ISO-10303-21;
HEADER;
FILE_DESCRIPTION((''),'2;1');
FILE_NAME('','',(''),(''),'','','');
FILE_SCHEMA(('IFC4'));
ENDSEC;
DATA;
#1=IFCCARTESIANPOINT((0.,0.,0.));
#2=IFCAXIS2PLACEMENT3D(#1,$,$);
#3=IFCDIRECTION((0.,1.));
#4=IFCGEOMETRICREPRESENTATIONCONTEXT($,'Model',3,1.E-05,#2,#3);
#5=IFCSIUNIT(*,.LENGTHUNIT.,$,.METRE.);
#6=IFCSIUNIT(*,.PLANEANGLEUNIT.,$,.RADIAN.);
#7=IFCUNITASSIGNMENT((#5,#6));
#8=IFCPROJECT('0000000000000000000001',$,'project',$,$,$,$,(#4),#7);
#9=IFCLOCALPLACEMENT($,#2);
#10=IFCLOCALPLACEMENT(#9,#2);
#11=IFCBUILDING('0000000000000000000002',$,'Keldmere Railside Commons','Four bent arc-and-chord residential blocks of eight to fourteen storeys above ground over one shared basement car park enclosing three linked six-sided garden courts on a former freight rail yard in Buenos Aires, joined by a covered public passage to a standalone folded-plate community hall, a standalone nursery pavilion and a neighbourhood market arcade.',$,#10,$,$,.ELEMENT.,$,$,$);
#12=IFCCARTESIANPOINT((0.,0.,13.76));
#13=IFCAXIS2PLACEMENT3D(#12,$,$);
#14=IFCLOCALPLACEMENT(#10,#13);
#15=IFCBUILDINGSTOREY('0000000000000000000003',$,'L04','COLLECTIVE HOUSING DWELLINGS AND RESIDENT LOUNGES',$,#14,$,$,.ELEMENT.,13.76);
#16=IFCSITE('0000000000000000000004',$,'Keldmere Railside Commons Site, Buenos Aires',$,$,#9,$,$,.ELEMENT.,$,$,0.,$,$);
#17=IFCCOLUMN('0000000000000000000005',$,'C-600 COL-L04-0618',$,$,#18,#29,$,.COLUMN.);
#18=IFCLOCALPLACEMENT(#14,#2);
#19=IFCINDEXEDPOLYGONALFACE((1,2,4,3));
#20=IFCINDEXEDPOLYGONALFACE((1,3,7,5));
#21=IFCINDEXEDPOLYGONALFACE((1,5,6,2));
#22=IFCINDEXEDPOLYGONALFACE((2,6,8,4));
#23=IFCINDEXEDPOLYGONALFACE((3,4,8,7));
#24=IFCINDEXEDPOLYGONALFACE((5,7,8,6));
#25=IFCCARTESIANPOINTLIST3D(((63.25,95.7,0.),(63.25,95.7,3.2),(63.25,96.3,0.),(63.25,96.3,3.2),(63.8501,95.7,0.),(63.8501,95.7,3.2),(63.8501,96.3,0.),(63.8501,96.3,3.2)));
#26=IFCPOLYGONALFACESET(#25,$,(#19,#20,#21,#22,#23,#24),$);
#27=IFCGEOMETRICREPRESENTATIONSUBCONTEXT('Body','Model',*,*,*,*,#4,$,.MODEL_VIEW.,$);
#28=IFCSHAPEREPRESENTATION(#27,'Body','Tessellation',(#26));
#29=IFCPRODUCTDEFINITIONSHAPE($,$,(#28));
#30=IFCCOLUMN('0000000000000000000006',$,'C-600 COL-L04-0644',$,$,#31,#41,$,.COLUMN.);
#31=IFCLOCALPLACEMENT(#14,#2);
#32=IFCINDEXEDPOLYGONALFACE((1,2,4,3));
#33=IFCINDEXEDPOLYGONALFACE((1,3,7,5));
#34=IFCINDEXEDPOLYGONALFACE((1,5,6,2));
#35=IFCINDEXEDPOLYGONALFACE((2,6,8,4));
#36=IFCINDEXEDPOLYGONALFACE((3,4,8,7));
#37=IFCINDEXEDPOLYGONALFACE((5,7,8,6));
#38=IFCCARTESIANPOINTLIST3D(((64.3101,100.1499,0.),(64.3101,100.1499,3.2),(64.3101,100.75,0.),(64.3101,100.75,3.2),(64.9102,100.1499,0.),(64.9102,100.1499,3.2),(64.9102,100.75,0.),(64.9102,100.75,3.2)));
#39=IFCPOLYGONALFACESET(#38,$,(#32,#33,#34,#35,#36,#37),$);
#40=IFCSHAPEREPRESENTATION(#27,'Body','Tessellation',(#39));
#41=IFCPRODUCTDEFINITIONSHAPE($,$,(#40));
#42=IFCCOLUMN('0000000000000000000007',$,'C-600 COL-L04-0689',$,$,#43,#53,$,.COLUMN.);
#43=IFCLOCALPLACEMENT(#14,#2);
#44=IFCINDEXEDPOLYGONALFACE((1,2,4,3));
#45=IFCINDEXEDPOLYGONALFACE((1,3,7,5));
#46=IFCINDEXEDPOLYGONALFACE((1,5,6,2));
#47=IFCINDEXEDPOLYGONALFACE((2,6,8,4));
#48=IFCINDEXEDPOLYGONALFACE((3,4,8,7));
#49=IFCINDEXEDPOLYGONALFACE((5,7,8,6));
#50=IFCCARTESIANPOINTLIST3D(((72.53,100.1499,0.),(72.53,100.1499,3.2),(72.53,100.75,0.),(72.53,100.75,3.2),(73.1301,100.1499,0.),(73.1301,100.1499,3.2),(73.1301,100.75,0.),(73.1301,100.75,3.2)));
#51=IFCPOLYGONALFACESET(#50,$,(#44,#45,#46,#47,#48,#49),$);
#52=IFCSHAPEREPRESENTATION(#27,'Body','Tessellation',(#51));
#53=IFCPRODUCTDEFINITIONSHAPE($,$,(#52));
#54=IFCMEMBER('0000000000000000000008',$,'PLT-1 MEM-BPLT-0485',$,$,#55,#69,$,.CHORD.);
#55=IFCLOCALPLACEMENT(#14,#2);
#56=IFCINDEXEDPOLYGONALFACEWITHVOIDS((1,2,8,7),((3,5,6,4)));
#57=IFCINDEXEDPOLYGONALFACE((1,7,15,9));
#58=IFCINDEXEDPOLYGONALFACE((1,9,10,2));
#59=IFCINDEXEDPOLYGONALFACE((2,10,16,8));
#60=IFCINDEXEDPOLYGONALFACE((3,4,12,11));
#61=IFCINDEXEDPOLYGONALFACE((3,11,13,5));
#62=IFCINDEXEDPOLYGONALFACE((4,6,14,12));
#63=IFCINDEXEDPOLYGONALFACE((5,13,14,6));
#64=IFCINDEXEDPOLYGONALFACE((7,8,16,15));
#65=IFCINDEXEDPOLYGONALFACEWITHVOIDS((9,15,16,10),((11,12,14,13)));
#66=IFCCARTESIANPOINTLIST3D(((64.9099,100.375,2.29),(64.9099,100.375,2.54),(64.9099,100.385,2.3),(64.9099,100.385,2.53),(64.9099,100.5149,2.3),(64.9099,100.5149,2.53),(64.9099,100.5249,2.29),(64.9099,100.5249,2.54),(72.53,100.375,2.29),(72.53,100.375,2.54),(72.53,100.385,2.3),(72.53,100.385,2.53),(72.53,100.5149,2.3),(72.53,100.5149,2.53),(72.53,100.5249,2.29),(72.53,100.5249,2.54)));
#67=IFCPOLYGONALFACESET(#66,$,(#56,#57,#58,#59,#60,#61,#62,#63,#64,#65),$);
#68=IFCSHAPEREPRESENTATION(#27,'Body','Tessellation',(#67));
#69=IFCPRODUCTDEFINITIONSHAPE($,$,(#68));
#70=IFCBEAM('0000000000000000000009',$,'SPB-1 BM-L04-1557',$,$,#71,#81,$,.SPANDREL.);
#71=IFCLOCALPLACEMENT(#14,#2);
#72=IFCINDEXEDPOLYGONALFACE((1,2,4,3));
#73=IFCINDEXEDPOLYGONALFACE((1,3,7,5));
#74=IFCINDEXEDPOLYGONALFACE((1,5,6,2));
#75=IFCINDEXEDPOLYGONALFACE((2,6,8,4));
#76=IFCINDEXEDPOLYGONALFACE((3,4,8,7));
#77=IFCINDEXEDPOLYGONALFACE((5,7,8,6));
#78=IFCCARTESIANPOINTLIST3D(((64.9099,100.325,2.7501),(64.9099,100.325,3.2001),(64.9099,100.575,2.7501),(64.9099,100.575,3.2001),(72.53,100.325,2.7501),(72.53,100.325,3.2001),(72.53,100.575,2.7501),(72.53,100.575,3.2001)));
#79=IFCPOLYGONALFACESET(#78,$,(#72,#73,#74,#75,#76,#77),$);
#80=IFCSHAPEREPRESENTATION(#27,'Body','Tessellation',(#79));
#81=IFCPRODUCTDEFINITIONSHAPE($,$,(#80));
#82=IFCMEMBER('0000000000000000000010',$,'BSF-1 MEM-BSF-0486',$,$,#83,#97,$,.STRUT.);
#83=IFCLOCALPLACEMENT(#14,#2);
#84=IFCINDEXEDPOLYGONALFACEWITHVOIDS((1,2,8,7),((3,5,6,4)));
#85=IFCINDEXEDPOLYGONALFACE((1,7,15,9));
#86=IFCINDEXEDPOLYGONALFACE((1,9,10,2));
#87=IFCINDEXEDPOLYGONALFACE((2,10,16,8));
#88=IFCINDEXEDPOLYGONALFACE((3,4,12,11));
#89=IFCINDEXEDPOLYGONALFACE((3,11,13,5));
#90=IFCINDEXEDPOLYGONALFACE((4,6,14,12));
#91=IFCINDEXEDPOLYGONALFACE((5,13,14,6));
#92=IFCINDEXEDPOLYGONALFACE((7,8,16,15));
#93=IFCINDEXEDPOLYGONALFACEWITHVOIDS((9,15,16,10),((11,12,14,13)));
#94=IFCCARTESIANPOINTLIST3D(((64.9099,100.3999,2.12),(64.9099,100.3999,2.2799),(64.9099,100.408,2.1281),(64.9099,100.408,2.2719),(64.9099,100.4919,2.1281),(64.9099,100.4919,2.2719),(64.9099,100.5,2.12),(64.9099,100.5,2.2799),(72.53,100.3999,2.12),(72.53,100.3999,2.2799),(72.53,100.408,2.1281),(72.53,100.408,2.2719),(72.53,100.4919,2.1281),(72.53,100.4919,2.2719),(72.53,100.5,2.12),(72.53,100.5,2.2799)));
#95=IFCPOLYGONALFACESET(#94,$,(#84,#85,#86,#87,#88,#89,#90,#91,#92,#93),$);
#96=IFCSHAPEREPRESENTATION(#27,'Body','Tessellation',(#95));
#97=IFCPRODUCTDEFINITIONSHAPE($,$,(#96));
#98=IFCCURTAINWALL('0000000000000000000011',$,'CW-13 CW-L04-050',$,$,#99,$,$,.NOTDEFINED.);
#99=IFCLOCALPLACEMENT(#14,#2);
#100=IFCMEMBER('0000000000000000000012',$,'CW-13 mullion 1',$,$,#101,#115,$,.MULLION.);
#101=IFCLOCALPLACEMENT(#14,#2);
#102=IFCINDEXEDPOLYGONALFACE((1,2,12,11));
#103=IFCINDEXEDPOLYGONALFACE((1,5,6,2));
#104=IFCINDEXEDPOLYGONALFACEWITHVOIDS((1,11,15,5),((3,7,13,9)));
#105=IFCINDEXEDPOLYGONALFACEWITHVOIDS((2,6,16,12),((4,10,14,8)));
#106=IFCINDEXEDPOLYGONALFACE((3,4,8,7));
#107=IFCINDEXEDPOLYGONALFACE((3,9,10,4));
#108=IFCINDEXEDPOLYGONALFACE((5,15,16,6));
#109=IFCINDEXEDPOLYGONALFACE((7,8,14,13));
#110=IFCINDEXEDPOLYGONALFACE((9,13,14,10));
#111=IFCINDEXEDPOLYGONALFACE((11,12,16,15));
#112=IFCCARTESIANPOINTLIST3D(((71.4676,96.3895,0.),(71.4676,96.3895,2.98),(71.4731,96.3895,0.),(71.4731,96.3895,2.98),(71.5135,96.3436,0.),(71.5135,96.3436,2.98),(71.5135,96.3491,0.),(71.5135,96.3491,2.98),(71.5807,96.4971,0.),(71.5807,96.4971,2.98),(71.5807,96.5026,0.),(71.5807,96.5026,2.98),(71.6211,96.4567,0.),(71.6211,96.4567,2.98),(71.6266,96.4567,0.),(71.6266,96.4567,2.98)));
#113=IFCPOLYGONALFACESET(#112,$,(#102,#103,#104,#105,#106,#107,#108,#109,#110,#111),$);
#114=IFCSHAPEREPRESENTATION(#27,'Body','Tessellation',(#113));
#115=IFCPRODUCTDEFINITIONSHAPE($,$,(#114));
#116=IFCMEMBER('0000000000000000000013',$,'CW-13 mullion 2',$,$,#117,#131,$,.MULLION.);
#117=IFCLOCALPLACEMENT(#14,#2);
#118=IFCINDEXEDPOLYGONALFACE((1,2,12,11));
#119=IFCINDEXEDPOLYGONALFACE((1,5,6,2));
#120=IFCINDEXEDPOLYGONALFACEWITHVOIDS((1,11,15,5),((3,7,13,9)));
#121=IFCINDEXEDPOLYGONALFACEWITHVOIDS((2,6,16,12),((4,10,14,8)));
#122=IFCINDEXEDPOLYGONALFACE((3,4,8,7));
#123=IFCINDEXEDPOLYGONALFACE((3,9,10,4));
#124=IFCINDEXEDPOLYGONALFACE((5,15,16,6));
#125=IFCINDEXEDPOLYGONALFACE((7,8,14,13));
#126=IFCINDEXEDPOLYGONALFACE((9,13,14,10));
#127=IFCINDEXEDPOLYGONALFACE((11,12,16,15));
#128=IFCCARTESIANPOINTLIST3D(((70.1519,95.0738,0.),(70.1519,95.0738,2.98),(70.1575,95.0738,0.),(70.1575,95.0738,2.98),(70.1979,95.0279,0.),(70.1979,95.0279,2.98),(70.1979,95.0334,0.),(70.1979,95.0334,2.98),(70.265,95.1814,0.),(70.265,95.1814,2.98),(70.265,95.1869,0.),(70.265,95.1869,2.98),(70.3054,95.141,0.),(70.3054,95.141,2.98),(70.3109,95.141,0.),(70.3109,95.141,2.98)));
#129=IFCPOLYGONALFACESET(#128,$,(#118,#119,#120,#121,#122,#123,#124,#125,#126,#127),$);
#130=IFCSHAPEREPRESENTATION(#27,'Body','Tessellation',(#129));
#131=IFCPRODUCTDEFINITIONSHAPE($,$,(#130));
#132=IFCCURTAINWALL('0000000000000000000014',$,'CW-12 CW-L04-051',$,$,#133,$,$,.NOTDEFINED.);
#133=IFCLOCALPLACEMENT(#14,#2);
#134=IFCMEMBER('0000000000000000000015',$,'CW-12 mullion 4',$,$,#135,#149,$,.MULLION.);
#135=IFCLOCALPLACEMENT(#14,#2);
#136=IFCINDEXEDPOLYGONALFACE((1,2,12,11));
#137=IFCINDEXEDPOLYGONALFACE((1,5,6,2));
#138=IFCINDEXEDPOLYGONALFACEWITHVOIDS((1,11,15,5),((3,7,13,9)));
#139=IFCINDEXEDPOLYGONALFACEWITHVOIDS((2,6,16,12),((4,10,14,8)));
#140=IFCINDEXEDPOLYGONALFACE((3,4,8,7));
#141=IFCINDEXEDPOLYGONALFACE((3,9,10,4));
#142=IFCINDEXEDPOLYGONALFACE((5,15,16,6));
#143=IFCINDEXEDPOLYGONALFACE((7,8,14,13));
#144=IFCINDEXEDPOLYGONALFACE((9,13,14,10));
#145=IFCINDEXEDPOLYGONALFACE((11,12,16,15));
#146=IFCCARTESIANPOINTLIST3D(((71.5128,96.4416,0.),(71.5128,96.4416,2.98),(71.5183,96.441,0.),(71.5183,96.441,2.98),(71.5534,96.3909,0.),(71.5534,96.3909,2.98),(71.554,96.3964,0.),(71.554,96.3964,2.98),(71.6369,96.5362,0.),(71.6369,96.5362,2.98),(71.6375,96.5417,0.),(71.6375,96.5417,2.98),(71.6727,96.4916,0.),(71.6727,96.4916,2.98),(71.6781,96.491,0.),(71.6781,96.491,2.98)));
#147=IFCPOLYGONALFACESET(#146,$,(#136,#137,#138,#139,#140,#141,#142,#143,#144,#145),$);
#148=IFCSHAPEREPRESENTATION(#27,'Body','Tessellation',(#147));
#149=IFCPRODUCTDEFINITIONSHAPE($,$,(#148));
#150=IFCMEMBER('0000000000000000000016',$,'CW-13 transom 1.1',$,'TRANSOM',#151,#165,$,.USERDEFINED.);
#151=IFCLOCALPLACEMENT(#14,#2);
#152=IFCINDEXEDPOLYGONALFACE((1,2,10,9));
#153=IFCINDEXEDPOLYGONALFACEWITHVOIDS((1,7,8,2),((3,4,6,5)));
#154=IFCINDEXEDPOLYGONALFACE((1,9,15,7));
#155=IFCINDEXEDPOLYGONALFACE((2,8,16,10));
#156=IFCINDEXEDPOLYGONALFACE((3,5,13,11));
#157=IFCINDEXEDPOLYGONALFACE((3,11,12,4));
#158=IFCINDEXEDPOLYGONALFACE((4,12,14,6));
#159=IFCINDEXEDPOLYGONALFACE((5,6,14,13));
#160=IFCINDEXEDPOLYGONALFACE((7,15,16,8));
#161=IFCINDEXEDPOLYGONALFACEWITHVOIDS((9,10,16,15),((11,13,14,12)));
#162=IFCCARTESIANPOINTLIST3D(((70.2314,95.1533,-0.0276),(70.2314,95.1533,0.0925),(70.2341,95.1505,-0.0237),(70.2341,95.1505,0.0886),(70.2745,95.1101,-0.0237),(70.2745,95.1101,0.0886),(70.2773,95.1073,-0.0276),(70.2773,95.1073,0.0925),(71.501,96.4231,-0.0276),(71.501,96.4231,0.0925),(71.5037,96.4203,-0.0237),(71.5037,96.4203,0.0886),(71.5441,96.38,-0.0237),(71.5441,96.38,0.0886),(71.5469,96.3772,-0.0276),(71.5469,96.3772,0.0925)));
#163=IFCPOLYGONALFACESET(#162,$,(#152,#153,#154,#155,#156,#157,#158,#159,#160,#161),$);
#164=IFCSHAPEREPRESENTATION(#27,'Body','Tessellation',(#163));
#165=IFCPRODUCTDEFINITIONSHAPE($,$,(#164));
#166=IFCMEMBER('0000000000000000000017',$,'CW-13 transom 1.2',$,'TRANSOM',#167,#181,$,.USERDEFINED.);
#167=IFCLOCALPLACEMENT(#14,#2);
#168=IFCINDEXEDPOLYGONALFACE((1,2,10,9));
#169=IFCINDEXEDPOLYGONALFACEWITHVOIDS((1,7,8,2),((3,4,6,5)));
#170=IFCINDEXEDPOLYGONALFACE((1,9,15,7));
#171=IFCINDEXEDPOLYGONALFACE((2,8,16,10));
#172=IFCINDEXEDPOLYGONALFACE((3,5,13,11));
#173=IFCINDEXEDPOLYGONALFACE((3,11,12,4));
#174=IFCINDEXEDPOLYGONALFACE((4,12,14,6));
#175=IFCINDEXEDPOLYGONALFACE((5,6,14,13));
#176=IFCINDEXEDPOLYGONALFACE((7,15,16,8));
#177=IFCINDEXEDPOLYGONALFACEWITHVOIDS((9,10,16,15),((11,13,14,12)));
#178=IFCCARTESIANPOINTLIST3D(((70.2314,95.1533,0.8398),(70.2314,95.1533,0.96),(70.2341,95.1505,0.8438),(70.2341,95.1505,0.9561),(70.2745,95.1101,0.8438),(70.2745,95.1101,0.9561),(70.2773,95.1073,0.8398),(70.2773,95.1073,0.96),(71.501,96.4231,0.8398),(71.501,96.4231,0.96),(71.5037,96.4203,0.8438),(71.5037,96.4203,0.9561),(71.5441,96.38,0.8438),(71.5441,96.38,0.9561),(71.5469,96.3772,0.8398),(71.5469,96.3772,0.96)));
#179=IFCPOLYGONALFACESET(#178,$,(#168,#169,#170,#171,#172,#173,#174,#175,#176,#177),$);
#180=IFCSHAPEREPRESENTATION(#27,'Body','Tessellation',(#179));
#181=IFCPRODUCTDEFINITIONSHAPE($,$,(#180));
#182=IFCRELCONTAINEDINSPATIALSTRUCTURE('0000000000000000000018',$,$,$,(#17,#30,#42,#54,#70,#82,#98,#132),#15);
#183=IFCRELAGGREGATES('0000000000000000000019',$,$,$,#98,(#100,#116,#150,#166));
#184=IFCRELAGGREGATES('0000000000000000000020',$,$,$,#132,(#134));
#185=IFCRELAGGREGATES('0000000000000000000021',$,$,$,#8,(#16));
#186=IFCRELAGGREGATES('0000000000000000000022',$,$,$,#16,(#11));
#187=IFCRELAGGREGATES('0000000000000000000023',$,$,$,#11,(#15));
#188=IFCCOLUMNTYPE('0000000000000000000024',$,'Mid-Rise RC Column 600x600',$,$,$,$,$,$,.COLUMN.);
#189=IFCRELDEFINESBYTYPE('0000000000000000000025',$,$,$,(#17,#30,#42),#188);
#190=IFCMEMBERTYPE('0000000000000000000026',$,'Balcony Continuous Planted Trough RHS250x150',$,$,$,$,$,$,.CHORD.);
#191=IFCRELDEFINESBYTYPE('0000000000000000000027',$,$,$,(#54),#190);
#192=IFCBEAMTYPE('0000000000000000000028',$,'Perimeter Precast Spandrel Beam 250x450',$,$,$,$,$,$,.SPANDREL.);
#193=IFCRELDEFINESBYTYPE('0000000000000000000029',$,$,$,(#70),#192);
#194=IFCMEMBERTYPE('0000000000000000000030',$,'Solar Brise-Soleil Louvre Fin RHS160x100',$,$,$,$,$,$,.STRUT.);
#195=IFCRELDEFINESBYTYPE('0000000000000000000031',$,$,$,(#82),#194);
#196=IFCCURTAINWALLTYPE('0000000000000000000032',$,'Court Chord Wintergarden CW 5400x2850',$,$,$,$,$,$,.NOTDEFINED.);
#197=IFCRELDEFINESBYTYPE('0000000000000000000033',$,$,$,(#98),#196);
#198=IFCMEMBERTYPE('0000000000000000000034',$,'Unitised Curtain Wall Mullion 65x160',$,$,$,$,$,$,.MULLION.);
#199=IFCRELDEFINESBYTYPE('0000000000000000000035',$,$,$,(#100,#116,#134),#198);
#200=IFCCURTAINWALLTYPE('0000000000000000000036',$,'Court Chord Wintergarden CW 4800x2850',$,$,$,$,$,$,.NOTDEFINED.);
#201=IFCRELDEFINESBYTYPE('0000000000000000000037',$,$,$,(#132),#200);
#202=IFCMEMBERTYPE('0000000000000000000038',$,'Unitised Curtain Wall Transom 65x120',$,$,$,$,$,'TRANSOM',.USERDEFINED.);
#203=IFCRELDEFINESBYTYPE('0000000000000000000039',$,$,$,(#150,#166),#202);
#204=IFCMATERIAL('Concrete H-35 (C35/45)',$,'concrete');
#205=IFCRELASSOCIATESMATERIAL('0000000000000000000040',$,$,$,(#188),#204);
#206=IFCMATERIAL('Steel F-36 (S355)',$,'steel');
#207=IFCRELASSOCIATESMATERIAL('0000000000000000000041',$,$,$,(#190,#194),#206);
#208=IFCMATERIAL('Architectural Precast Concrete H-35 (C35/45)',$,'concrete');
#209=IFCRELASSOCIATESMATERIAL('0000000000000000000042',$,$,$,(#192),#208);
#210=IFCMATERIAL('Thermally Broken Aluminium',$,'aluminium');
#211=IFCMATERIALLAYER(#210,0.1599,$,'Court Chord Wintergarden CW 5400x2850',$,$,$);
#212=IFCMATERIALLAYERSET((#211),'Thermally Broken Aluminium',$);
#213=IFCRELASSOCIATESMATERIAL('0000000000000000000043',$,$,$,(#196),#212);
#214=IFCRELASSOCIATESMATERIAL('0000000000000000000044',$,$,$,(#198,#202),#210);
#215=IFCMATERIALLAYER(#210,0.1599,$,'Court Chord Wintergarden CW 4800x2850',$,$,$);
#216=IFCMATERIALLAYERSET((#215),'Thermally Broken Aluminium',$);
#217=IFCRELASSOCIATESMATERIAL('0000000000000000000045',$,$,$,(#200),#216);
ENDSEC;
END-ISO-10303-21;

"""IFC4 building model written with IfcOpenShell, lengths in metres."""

from ifc_helpers import new_model, si_unit, direction, frame, origin, origin_2d, place, context, subcontext, project, spatial, rectangle, hollow_rectangle, extrude, material, layer, layer_set, material_profile, profile_set, type_object, element, aggregate, save


model = new_model("IFC4")

# Units and contexts
model_context = context("Model", 3, precision=1e-05, world=origin(), true_north=direction((0.0, 1.0)))
body_context = subcontext(model_context, "Body", "Model", "MODEL_VIEW")
ifc_project = project(units=[si_unit("LENGTHUNIT", "METRE"), si_unit("PLANEANGLEUNIT", "RADIAN")], contexts=[model_context])

# Site, building, storey
site_placement = place(None, origin())
site = spatial("IfcSite", under=ifc_project, at=site_placement, Name="Keldmere Railside Commons Site, Buenos Aires", CompositionType="ELEMENT", RefElevation=0.0)
building_placement = place(site_placement, origin())
building = spatial("IfcBuilding", under=site, at=building_placement, Name="Keldmere Railside Commons", Description="Four bent arc-and-chord residential blocks of eight to fourteen storeys above ground over one shared basement car park enclosing three linked six-sided garden courts on a former freight rail yard in Buenos Aires, joined by a covered public passage to a standalone folded-plate community hall, a standalone nursery pavilion and a neighbourhood market arcade.", CompositionType="ELEMENT")
storey_placement = place(building_placement, frame((0.0, 0.0, 13.76)))
storey = spatial("IfcBuildingStorey", under=building, at=storey_placement, Name="L04", Description="COLLECTIVE HOUSING DWELLINGS AND RESIDENT LOUNGES", CompositionType="ELEMENT", Elevation=13.76)

# Columns
ifc_material_1 = material(Name="Concrete H-35 (C35/45)", Category="concrete")
ifc_material_profile_1 = material_profile(ifc_material_1, rectangle(XDim=0.6001, YDim=0.6001, at=origin_2d()), Name="RC-600x600")
ifc_profile_set_1 = profile_set([ifc_material_profile_1], Name="Concrete H-35 (C35/45)")
column_type = type_object("IfcColumnType", Name="Mid-Rise RC Column 600x600", PredefinedType="COLUMN", material=ifc_profile_set_1)
for number, where, z_axis, x_axis, name in (
    (1, (63.55, 96.0, 0.0), (0.0, 0.0, 1.0), (1.0, 0.0, 0.0), "C-600 COL-L04-0618"),
    (2, (64.6101, 100.45, 0.0), (0.0, 0.0, 1.0), (1.0, 0.0, 0.0), "C-600 COL-L04-0644"),
    (3, (72.8301, 100.45, 0.0), (0.0, 0.0, 1.0), (1.0, 0.0, 0.0), "C-600 COL-L04-0689"),
):
    element("IfcColumn", number, at=place(storey_placement, frame(where, z_axis=z_axis, x_axis=x_axis)), inside=storey, type_object=column_type, Name=name, PredefinedType="COLUMN", context=body_context, shape_type="SweptSolid", body=[
        extrude(rectangle(XDim=0.6001, YDim=0.6001, at=origin_2d()), origin(), (0.0, 0.0, 1.0), 3.2),
    ])

# Member
ifc_material_2 = material(Name="Steel F-36 (S355)", Category="steel")
ifc_material_profile_2 = material_profile(ifc_material_2, hollow_rectangle(XDim=0.1499, YDim=0.25, WallThickness=0.01, at=origin_2d()), Name="RHS-250x150x10")
ifc_profile_set_2 = profile_set([ifc_material_profile_2], Name="Steel F-36 (S355)")
member_type_1 = type_object("IfcMemberType", Name="Balcony Continuous Planted Trough RHS250x150", PredefinedType="CHORD", material=ifc_profile_set_2)
member_1_placement = place(storey_placement, frame((64.9099, 100.45, 2.415), z_axis=(1.0, 0.0, 0.0), x_axis=(0.0, 1.0, 0.0)))
element("IfcMember", 4, at=member_1_placement, inside=storey, type_object=member_type_1, Name="PLT-1 MEM-BPLT-0485", PredefinedType="CHORD", context=body_context, shape_type="SweptSolid", body=[
    extrude(hollow_rectangle(XDim=0.1499, YDim=0.25, WallThickness=0.01, at=origin_2d()), origin(), (0.0, 0.0, 1.0), 7.6201),
])

# Beam
ifc_material_3 = material(Name="Architectural Precast Concrete H-35 (C35/45)", Category="concrete")
ifc_material_profile_3 = material_profile(ifc_material_3, rectangle(XDim=0.25, YDim=0.45, at=origin_2d()), Name="RC-250x450")
ifc_profile_set_3 = profile_set([ifc_material_profile_3], Name="Architectural Precast Concrete H-35 (C35/45)")
beam_type = type_object("IfcBeamType", Name="Perimeter Precast Spandrel Beam 250x450", PredefinedType="SPANDREL", material=ifc_profile_set_3)
beam_placement = place(storey_placement, frame((64.9099, 100.45, 2.9751), z_axis=(1.0, 0.0, 0.0), x_axis=(0.0, 1.0, 0.0)))
element("IfcBeam", 5, at=beam_placement, inside=storey, type_object=beam_type, Name="SPB-1 BM-L04-1557", PredefinedType="SPANDREL", context=body_context, shape_type="SweptSolid", body=[
    extrude(rectangle(XDim=0.25, YDim=0.45, at=origin_2d()), origin(), (0.0, 0.0, 1.0), 7.6201),
])

# Member
ifc_material_profile_4 = material_profile(ifc_material_2, hollow_rectangle(XDim=0.1001, YDim=0.1599, WallThickness=0.0081, at=origin_2d()), Name="RHS-160x100x8")
ifc_profile_set_4 = profile_set([ifc_material_profile_4], Name="Steel F-36 (S355)")
member_type_2 = type_object("IfcMemberType", Name="Solar Brise-Soleil Louvre Fin RHS160x100", PredefinedType="STRUT", material=ifc_profile_set_4)
member_2_placement = place(storey_placement, frame((64.9099, 100.45, 2.2), z_axis=(1.0, 0.0, 0.0), x_axis=(0.0, 1.0, 0.0)))
element("IfcMember", 6, at=member_2_placement, inside=storey, type_object=member_type_2, Name="BSF-1 MEM-BSF-0486", PredefinedType="STRUT", context=body_context, shape_type="SweptSolid", body=[
    extrude(hollow_rectangle(XDim=0.1001, YDim=0.1599, WallThickness=0.0081, at=origin_2d()), origin(), (0.0, 0.0, 1.0), 7.6201),
])

# Curtain wall, members
ifc_material_4 = material(Name="Thermally Broken Aluminium", Category="aluminium")
ifc_layer_1 = layer(ifc_material_4, 0.1599, Name="Court Chord Wintergarden CW 5400x2850")
ifc_layer_set_1 = layer_set([ifc_layer_1], Name="Thermally Broken Aluminium")
curtain_wall_type_1 = type_object("IfcCurtainWallType", Name="Court Chord Wintergarden CW 5400x2850", PredefinedType="NOTDEFINED", material=ifc_layer_set_1)
curtain_wall_1_placement = place(storey_placement, origin())
curtain_wall_1 = element("IfcCurtainWall", 7, at=curtain_wall_1_placement, inside=storey, type_object=curtain_wall_type_1, Name="CW-13 CW-L04-050", PredefinedType="NOTDEFINED")
ifc_material_profile_5 = material_profile(ifc_material_4, hollow_rectangle(XDim=0.0649, YDim=0.1599, WallThickness=0.0039, at=origin_2d()), Name="ALU-MULL-65x160")
ifc_profile_set_5 = profile_set([ifc_material_profile_5], Name="Thermally Broken Aluminium")
member_type_3 = type_object("IfcMemberType", Name="Unitised Curtain Wall Mullion 65x160", PredefinedType="MULLION", material=ifc_profile_set_5)
member_3_placement = place(storey_placement, frame((71.5471, 96.4231, 0.0), z_axis=(0.0, 0.0, 1.0), x_axis=(0.707107, -0.707107, 0.0)))
member_3 = element("IfcMember", 8, at=member_3_placement, type_object=member_type_3, Name="CW-13 mullion 1", PredefinedType="MULLION", context=body_context, shape_type="SweptSolid", body=[
    extrude(hollow_rectangle(XDim=0.0649, YDim=0.1599, WallThickness=0.0039, at=origin_2d()), origin(), (0.0, 0.0, 1.0), 2.98),
])
member_4_placement = place(storey_placement, frame((70.2314, 95.1074, 0.0), z_axis=(0.0, 0.0, 1.0), x_axis=(0.707107, -0.707107, 0.0)))
member_4 = element("IfcMember", 9, at=member_4_placement, type_object=member_type_3, Name="CW-13 mullion 2", PredefinedType="MULLION", context=body_context, shape_type="SweptSolid", body=[
    extrude(hollow_rectangle(XDim=0.0649, YDim=0.1599, WallThickness=0.0039, at=origin_2d()), origin(), (0.0, 0.0, 1.0), 2.98),
])

# Curtain wall, member
ifc_layer_2 = layer(ifc_material_4, 0.1599, Name="Court Chord Wintergarden CW 4800x2850")
ifc_layer_set_2 = layer_set([ifc_layer_2], Name="Thermally Broken Aluminium")
curtain_wall_type_2 = type_object("IfcCurtainWallType", Name="Court Chord Wintergarden CW 4800x2850", PredefinedType="NOTDEFINED", material=ifc_layer_set_2)
curtain_wall_2_placement = place(storey_placement, origin())
curtain_wall_2 = element("IfcCurtainWall", 10, at=curtain_wall_2_placement, inside=storey, type_object=curtain_wall_type_2, Name="CW-12 CW-L04-051", PredefinedType="NOTDEFINED")
member_5_placement = place(storey_placement, frame((71.5955, 96.4663, 0.0), z_axis=(0.0, 0.0, 1.0), x_axis=(0.625768, -0.780009, 0.0)))
member_5 = element("IfcMember", 11, at=member_5_placement, type_object=member_type_3, Name="CW-12 mullion 4", PredefinedType="MULLION", context=body_context, shape_type="SweptSolid", body=[
    extrude(hollow_rectangle(XDim=0.0649, YDim=0.1599, WallThickness=0.0039, at=origin_2d()), origin(), (0.0, 0.0, 1.0), 2.98),
])

# Members
ifc_material_profile_6 = material_profile(ifc_material_4, hollow_rectangle(XDim=0.0649, YDim=0.1201, WallThickness=0.0039, at=origin_2d()), Name="ALU-TRAN-65x120")
ifc_profile_set_6 = profile_set([ifc_material_profile_6], Name="Thermally Broken Aluminium")
member_type_4 = type_object("IfcMemberType", Name="Unitised Curtain Wall Transom 65x120", ElementType="TRANSOM", PredefinedType="USERDEFINED", material=ifc_profile_set_6)
member_6_placement = place(storey_placement, frame((71.5239, 96.4001, 0.0325), z_axis=(-0.707039, -0.707175, 0.0), x_axis=(0.707175, -0.707039, 0.0)))
member_6 = element("IfcMember", 12, at=member_6_placement, type_object=member_type_4, Name="CW-13 transom 1.1", ObjectType="TRANSOM", PredefinedType="USERDEFINED", context=body_context, shape_type="SweptSolid", body=[
    extrude(hollow_rectangle(XDim=0.0649, YDim=0.1201, WallThickness=0.0039, at=origin_2d()), origin(), (0.0, 0.0, 1.0), 1.7957),
])
member_7_placement = place(storey_placement, frame((71.5239, 96.4001, 0.8999), z_axis=(-0.707039, -0.707175, 0.0), x_axis=(0.707175, -0.707039, 0.0)))
member_7 = element("IfcMember", 13, at=member_7_placement, type_object=member_type_4, Name="CW-13 transom 1.2", ObjectType="TRANSOM", PredefinedType="USERDEFINED", context=body_context, shape_type="SweptSolid", body=[
    extrude(hollow_rectangle(XDim=0.0649, YDim=0.1201, WallThickness=0.0039, at=origin_2d()), origin(), (0.0, 0.0, 1.0), 1.7957),
])

aggregate(curtain_wall_1, [member_3, member_4, member_6, member_7])
aggregate(curtain_wall_2, [member_5])

save(model, "model.ifc")
